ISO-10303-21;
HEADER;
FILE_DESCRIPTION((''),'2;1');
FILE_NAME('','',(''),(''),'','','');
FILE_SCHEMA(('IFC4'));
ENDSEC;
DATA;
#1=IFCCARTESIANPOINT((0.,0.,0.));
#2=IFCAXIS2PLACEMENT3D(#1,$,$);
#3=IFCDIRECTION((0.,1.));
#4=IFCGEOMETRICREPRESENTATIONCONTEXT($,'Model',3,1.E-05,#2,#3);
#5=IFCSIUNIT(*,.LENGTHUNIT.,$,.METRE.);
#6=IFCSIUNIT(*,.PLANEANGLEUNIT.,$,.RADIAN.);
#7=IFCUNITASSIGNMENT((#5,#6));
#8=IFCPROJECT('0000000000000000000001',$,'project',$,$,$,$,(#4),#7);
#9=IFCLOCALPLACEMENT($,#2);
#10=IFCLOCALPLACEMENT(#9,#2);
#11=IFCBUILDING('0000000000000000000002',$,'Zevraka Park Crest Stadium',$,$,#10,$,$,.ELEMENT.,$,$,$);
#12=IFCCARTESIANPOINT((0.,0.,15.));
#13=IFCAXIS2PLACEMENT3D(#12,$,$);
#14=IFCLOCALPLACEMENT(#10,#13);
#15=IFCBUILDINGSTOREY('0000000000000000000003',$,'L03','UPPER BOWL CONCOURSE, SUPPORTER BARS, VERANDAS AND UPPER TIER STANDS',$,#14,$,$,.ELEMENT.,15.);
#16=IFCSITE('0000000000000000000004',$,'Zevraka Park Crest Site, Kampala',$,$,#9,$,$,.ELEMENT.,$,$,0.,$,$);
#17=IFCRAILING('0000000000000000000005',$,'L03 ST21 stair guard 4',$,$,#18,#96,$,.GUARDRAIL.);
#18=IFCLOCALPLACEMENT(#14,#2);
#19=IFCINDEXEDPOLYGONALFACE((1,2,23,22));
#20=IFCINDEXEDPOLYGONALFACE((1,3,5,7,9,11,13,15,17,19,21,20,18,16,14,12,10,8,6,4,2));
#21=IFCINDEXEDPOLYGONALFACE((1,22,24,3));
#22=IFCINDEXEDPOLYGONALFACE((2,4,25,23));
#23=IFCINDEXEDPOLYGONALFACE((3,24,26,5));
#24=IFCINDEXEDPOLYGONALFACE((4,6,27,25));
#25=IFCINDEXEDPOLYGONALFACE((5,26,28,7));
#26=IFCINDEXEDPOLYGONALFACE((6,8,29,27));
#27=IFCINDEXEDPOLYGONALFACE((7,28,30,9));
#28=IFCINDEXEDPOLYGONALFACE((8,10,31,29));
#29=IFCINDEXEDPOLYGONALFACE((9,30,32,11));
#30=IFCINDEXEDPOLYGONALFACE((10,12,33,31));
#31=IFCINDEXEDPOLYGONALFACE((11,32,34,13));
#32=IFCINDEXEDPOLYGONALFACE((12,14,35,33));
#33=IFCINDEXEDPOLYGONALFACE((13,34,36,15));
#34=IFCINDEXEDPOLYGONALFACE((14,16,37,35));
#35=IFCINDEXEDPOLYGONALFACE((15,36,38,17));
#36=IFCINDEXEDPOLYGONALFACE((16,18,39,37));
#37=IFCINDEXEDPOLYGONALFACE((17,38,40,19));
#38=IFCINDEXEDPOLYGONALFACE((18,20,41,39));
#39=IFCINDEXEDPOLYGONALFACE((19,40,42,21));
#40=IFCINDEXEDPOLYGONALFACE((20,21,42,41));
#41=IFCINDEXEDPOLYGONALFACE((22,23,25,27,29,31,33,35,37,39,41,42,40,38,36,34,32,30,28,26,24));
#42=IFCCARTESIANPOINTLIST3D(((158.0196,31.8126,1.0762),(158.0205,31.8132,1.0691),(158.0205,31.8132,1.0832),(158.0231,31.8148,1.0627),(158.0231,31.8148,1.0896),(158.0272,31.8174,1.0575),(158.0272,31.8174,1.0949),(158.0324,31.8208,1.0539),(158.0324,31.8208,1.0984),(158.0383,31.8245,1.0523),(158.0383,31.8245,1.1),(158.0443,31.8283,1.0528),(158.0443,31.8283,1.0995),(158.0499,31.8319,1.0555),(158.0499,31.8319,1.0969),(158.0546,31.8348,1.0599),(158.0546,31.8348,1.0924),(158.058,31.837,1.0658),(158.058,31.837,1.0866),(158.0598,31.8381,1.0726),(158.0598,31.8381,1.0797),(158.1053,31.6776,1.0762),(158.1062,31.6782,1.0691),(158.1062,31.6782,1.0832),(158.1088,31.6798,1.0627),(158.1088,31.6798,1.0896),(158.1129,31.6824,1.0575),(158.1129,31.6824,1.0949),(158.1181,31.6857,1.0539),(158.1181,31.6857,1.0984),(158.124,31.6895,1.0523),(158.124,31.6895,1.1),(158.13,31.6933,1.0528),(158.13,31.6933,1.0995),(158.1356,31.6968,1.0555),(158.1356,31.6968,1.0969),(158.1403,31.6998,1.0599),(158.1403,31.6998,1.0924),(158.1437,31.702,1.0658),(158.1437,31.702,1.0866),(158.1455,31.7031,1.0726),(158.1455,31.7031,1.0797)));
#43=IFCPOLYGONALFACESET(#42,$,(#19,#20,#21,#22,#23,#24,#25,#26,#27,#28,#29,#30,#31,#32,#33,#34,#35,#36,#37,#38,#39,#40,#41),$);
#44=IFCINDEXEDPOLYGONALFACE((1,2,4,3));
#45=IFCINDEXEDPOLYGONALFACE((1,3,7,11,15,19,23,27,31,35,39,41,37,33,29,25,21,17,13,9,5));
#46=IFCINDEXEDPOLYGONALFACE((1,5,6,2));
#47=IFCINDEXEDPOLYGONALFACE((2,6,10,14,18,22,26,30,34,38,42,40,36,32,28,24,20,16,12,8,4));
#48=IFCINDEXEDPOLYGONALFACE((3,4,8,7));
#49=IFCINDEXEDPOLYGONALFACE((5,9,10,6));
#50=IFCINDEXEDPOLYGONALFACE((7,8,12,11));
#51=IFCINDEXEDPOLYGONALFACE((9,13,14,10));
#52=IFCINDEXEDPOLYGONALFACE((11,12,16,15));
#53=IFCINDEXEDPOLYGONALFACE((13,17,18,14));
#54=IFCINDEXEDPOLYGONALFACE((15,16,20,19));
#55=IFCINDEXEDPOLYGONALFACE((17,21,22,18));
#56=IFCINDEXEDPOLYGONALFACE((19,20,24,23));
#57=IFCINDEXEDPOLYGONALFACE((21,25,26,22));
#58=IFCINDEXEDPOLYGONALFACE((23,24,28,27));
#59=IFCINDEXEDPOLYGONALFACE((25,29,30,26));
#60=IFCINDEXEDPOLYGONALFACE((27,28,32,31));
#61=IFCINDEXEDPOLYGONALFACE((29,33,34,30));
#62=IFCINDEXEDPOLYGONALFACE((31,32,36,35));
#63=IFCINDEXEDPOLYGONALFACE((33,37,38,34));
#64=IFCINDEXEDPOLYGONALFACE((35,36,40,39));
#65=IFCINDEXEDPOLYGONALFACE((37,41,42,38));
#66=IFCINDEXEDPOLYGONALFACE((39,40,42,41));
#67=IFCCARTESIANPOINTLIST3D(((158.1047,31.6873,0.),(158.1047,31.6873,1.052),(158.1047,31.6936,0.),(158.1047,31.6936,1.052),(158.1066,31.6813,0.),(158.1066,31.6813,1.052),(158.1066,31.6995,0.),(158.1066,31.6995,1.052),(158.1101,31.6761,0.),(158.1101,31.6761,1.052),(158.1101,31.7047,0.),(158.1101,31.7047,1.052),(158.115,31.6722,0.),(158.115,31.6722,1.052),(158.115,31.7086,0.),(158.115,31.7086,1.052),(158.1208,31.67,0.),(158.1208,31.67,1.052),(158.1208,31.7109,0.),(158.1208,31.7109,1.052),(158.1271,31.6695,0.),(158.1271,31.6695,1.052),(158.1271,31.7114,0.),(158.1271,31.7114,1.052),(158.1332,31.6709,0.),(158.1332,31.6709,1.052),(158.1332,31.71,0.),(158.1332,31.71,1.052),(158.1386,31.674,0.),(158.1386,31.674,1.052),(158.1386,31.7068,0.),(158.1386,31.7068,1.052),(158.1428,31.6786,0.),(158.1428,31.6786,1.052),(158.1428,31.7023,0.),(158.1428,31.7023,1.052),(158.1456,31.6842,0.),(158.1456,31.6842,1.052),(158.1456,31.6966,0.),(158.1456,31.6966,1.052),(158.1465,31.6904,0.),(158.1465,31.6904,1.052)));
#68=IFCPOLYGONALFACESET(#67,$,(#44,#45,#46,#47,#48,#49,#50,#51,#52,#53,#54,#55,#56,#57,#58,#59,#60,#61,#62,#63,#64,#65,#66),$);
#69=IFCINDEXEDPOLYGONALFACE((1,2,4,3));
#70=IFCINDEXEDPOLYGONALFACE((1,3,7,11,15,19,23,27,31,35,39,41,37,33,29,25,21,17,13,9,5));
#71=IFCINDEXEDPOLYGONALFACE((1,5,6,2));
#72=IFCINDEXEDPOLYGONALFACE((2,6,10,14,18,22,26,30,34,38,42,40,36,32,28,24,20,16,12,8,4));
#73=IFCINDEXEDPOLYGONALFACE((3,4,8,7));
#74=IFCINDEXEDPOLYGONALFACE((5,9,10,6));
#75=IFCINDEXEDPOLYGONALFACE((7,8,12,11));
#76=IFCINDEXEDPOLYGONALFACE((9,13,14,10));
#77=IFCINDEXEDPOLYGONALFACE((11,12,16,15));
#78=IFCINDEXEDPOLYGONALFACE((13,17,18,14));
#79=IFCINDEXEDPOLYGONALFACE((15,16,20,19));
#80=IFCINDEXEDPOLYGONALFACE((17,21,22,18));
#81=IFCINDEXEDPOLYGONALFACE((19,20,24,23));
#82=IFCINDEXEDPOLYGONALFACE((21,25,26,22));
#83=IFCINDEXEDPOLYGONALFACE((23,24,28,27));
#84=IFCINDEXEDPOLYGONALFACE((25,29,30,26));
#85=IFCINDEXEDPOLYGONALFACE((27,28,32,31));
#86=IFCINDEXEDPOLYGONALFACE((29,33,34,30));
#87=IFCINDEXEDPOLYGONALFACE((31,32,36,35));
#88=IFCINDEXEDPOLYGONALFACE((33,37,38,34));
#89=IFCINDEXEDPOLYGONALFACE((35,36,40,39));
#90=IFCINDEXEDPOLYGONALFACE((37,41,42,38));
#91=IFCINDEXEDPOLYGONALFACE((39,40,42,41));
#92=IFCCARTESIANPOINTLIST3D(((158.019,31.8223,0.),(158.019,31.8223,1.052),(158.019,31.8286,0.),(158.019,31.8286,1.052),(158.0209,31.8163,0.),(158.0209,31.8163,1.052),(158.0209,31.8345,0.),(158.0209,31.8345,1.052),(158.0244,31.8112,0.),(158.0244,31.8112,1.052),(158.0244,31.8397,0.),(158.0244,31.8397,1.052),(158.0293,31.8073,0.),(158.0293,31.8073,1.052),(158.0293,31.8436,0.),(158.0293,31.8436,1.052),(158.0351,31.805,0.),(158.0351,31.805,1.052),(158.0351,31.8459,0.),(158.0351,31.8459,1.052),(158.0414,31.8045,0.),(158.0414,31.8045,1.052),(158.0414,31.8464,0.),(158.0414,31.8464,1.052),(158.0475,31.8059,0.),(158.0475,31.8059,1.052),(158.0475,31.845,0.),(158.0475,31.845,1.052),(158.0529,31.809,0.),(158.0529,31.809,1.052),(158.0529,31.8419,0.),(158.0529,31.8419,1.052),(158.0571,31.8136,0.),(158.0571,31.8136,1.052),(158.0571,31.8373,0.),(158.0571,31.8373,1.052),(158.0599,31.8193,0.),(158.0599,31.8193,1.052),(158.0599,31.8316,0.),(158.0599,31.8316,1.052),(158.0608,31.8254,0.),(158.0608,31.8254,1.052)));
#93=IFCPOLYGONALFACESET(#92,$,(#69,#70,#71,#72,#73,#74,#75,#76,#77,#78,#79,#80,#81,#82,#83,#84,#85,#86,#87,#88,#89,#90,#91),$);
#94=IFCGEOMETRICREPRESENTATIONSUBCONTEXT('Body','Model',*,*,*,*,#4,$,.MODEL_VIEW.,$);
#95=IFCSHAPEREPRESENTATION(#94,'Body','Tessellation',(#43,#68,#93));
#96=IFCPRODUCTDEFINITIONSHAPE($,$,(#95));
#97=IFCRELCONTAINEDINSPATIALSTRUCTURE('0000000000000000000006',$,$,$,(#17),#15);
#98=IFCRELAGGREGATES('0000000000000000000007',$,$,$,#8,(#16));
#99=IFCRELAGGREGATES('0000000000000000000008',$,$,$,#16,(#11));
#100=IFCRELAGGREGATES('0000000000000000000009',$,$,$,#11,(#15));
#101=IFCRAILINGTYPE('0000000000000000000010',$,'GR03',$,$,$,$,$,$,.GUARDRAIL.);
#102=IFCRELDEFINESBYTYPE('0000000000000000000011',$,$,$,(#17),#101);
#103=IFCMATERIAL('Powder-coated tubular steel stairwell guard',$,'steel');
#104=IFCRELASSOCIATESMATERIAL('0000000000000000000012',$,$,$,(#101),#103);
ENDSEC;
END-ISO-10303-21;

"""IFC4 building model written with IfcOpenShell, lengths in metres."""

from ifc_helpers import new_model, si_unit, direction, frame, origin, origin_2d, place, context, subcontext, project, spatial, circle, extrude, material, type_object, element, save


model = new_model("IFC4")

# Units and contexts
model_context = context("Model", 3, precision=1e-05, world=origin(), true_north=direction((0.0, 1.0)))
body_context = subcontext(model_context, "Body", "Model", "MODEL_VIEW")
ifc_project = project(units=[si_unit("LENGTHUNIT", "METRE"), si_unit("PLANEANGLEUNIT", "RADIAN")], contexts=[model_context])

# Site, building, storey
site_placement = place(None, origin())
site = spatial("IfcSite", under=ifc_project, at=site_placement, Name="Zevraka Park Crest Site, Kampala", CompositionType="ELEMENT", RefElevation=0.0)
building_placement = place(site_placement, origin())
building = spatial("IfcBuilding", under=site, at=building_placement, Name="Zevraka Park Crest Stadium", CompositionType="ELEMENT")
storey_placement = place(building_placement, frame((0.0, 0.0, 15.0)))
storey = spatial("IfcBuildingStorey", under=building, at=storey_placement, Name="L03", Description="UPPER BOWL CONCOURSE, SUPPORTER BARS, VERANDAS AND UPPER TIER STANDS", CompositionType="ELEMENT", Elevation=15.0)

# Railing
ifc_material_1 = material(Name="Powder-coated tubular steel stairwell guard", Category="steel")
railing_type_1 = type_object("IfcRailingType", Name="GR03", PredefinedType="GUARDRAIL", material=ifc_material_1)
railing_1_placement = place(storey_placement, frame((158.1255, 31.6904, 0.0)))
element("IfcRailing", 1, at=railing_1_placement, inside=storey, type_object=railing_type_1, Name="L03 ST21 stair guard 4", PredefinedType="GUARDRAIL", context=body_context, shape_type="SweptSolid", body=[
    extrude(circle(Radius=0.0239, at=origin_2d()), frame((0.0, 0.0, 1.0762), z_axis=(-0.535887, 0.84429, 0.0), x_axis=(-0.84429, -0.535887, 0.0)), (0.0, 0.0, 1.0), 0.1599),
    extrude(circle(Radius=0.021, at=origin_2d()), origin(), (0.0, 0.0, 1.0), 1.052),
    extrude(circle(Radius=0.021, at=origin_2d()), frame((-0.0857, 0.135, 0.0)), (0.0, 0.0, 1.0), 1.052),
])

save(model, "model.ifc")
